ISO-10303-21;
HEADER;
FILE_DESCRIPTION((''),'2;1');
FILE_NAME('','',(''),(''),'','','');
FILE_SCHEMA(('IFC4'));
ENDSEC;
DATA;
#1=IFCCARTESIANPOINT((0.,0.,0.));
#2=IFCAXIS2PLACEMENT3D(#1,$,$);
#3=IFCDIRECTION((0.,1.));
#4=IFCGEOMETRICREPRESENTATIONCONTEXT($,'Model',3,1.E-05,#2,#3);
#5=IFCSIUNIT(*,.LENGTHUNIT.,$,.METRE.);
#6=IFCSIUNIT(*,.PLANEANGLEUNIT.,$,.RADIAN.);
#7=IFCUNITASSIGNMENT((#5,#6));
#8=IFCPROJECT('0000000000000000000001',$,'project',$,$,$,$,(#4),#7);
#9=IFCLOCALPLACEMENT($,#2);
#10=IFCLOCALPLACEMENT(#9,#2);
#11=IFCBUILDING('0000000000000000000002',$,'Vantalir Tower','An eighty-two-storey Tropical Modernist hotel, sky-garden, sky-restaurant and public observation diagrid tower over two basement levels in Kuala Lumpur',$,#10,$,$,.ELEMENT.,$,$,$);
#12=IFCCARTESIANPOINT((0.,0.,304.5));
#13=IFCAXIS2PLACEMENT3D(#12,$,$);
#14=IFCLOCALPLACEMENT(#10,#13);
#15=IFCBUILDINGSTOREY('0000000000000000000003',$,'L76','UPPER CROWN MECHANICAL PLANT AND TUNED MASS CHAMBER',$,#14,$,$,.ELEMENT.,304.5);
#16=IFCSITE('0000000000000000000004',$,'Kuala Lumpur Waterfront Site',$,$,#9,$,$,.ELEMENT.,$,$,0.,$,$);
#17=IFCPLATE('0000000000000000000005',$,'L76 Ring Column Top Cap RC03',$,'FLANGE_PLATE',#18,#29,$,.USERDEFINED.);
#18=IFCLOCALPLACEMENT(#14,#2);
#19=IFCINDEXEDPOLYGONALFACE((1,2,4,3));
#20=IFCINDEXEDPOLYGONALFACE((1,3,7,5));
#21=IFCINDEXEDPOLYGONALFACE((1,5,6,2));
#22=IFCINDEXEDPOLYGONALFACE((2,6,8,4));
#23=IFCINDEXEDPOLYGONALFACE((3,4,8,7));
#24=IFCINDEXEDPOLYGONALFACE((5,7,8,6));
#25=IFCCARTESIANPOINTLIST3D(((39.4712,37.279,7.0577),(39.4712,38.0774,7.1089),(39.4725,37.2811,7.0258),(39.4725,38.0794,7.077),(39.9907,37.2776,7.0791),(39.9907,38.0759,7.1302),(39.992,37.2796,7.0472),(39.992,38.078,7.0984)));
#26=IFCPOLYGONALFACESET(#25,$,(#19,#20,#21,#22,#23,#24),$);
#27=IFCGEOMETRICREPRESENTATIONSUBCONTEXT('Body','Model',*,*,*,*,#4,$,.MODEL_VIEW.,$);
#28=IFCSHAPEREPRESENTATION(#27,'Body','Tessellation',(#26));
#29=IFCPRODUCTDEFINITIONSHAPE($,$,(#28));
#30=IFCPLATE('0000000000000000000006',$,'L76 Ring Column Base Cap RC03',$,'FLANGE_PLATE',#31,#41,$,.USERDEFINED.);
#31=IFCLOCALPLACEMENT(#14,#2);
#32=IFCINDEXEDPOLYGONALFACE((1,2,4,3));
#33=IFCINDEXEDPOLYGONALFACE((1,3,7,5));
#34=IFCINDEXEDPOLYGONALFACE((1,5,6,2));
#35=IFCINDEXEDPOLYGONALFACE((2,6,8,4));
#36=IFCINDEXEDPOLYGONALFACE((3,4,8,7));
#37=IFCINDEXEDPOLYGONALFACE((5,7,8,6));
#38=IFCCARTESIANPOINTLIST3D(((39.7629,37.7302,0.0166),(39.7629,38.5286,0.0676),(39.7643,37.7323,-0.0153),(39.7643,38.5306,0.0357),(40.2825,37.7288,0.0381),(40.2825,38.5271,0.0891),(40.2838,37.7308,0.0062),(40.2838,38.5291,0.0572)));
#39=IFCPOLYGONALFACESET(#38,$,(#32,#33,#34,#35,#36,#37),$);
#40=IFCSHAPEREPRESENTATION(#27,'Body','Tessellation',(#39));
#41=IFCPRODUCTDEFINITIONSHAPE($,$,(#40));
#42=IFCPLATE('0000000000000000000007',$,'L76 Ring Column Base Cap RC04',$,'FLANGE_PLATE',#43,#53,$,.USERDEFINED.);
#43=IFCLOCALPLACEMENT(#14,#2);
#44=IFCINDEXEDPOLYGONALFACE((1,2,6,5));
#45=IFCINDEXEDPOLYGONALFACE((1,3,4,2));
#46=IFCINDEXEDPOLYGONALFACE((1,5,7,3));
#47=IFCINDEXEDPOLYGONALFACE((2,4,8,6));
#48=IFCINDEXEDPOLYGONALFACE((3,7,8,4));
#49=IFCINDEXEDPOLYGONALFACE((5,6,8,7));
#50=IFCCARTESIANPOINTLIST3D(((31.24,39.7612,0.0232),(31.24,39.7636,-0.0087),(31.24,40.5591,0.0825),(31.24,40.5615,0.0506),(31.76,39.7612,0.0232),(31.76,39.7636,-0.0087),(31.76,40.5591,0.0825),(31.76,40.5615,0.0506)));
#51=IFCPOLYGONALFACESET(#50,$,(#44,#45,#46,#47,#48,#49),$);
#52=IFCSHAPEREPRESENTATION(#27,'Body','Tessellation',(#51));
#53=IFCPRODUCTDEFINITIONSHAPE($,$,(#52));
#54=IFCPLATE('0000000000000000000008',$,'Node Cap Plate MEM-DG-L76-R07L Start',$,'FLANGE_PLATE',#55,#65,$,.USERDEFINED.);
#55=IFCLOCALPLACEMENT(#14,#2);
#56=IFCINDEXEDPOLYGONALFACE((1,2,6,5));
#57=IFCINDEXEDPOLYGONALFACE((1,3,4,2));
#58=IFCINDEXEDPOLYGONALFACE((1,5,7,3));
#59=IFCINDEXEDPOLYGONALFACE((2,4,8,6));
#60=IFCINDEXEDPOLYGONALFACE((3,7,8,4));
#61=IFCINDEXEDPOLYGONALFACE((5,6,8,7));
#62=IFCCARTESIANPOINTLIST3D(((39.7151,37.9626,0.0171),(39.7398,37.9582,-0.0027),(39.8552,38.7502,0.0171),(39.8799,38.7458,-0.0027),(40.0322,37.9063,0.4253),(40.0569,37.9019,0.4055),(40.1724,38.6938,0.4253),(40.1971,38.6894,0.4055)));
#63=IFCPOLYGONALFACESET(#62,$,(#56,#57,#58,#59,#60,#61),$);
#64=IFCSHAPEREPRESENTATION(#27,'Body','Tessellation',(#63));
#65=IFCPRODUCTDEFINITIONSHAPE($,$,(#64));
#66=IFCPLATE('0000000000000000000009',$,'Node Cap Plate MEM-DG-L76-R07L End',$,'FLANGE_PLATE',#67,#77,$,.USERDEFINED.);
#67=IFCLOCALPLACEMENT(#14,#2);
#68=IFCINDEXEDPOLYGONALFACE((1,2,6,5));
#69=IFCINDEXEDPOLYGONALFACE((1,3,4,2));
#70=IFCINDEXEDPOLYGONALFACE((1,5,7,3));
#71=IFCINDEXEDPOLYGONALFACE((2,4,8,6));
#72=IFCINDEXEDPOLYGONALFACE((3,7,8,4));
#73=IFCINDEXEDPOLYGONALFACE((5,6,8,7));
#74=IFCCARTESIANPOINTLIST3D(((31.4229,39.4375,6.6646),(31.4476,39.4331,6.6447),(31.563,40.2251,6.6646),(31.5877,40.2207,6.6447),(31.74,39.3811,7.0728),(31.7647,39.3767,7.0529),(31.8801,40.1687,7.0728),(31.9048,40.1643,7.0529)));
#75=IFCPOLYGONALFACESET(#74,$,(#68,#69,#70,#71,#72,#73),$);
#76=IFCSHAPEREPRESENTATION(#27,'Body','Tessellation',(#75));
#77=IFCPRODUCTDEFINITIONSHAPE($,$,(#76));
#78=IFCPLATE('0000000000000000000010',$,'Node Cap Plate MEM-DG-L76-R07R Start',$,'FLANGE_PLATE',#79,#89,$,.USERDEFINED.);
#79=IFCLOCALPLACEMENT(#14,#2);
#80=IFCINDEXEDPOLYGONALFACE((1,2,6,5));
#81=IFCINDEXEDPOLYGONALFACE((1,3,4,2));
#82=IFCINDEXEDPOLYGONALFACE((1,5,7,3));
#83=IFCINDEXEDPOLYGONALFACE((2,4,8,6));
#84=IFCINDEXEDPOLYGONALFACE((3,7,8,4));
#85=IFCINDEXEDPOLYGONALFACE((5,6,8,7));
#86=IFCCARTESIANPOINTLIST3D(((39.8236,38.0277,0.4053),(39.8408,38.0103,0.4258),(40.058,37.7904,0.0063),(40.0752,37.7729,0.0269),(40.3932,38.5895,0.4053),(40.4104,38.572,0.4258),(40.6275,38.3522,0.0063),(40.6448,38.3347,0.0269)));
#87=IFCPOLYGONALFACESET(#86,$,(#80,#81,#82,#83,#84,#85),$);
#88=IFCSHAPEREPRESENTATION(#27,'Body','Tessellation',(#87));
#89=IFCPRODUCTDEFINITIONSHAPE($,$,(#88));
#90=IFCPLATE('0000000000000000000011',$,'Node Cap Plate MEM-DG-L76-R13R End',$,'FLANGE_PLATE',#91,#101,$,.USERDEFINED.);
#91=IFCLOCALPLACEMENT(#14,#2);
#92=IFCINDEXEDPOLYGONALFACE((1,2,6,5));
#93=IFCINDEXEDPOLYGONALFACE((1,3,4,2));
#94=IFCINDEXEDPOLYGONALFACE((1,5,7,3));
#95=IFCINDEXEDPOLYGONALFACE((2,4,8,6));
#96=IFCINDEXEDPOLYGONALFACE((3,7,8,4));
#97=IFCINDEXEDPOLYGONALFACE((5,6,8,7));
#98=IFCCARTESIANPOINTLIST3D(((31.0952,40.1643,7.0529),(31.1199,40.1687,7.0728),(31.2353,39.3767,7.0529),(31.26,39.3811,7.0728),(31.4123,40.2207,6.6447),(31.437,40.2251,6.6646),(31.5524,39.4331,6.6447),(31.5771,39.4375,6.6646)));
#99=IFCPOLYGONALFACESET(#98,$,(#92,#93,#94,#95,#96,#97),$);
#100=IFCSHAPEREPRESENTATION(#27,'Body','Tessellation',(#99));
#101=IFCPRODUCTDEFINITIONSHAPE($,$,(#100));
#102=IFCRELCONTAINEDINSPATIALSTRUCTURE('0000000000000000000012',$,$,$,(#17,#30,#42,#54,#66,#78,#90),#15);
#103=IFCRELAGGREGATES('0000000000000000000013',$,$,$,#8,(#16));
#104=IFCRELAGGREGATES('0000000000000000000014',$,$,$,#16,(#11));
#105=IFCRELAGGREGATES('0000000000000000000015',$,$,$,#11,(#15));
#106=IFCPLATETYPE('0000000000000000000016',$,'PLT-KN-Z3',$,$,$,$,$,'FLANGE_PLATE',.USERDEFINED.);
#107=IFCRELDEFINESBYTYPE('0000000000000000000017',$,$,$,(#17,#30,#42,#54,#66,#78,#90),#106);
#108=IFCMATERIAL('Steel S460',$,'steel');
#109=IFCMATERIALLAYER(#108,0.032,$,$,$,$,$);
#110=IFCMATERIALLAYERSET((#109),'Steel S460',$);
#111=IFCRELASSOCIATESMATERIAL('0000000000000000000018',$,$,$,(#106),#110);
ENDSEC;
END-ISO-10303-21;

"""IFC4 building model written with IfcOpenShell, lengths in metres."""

from ifc_helpers import new_model, si_unit, direction, frame, origin, place, context, subcontext, project, spatial, polyline, outline, extrude, material, layer, layer_set, type_object, element, save


model = new_model("IFC4")

# Units and contexts
model_context = context("Model", 3, precision=1e-05, world=origin(), true_north=direction((0.0, 1.0)))
body_context = subcontext(model_context, "Body", "Model", "MODEL_VIEW")
ifc_project = project(units=[si_unit("LENGTHUNIT", "METRE"), si_unit("PLANEANGLEUNIT", "RADIAN")], contexts=[model_context])

# Site, building, storey
site_placement = place(None, origin())
site = spatial("IfcSite", under=ifc_project, at=site_placement, Name="Kuala Lumpur Waterfront Site", CompositionType="ELEMENT", RefElevation=0.0)
building_placement = place(site_placement, origin())
building = spatial("IfcBuilding", under=site, at=building_placement, Name="Vantalir Tower", Description="An eighty-two-storey Tropical Modernist hotel, sky-garden, sky-restaurant and public observation diagrid tower over two basement levels in Kuala Lumpur", CompositionType="ELEMENT")
storey_placement = place(building_placement, frame((0.0, 0.0, 304.5)))
storey = spatial("IfcBuildingStorey", under=building, at=storey_placement, Name="L76", Description="UPPER CROWN MECHANICAL PLANT AND TUNED MASS CHAMBER", CompositionType="ELEMENT", Elevation=304.5)

# Shared definitions
ifc_material_1 = material(Name="Steel S460", Category="steel")

# Plates
ifc_layer_1 = layer(ifc_material_1, 0.032)
ifc_layer_set_1 = layer_set([ifc_layer_1], Name="Steel S460")
plate_type_1 = type_object("IfcPlateType", Name="PLT-KN-Z3", ElementType="FLANGE_PLATE", PredefinedType="USERDEFINED", material=ifc_layer_set_1)
plate_1_placement = place(storey_placement, frame((39.4712, 38.0774, 7.1089), z_axis=(-0.04118, -0.063882, 0.997107), x_axis=(-0.000006, -0.997954, -0.063936)))
element("IfcPlate", 1, at=plate_1_placement, inside=storey, type_object=plate_type_1, Name="L76 Ring Column Top Cap RC03", ObjectType="FLANGE_PLATE", PredefinedType="USERDEFINED", context=body_context, shape_type="SweptSolid", body=[
    extrude(outline(polyline([(0.0, 0.0), (0.8, 0.0), (0.8001, 0.52), (0.0001, 0.52), (0.0, 0.0)])), origin(), (0.0, 0.0, -1.0), 0.032),
])
plate_2_placement = place(storey_placement, frame((39.7629, 38.5286, 0.0676), z_axis=(-0.041413, -0.06373, 0.997108), x_axis=(0.0, -0.997964, -0.063784)))
element("IfcPlate", 2, at=plate_2_placement, inside=storey, type_object=plate_type_1, Name="L76 Ring Column Base Cap RC03", ObjectType="FLANGE_PLATE", PredefinedType="USERDEFINED", context=body_context, shape_type="SweptSolid", body=[
    extrude(outline(polyline([(0.0, 0.0), (0.8, 0.0), (0.8001, 0.52), (0.0001, 0.52), (0.0, 0.0)])), origin(), (0.0, 0.0, -1.0), 0.032),
])
plate_3_placement = place(storey_placement, frame((31.24, 40.5591, 0.0825), z_axis=(0.0, -0.074153, 0.997247), x_axis=(0.0, -0.997247, -0.074153)))
element("IfcPlate", 3, at=plate_3_placement, inside=storey, type_object=plate_type_1, Name="L76 Ring Column Base Cap RC04", ObjectType="FLANGE_PLATE", PredefinedType="USERDEFINED", context=body_context, shape_type="SweptSolid", body=[
    extrude(outline(polyline([(0.0, 0.0), (0.8001, 0.0), (0.8001, 0.52), (0.0, 0.52), (0.0, 0.0)])), origin(), (0.0, 0.0, -1.0), 0.032),
])
for number, where, z_axis, x_axis, name in (
    (4, (39.8552, 38.7502, 0.0171), (-0.772885, 0.137519, 0.619465), (-0.175178, -0.984537, 0.0), "Node Cap Plate MEM-DG-L76-R07L Start"),
    (5, (31.563, 40.2251, 6.6646), (-0.772885, 0.137519, 0.619465), (-0.175178, -0.984537, 0.0), "Node Cap Plate MEM-DG-L76-R07L End"),
):
    element("IfcPlate", number, at=place(storey_placement, frame(where, z_axis=z_axis, x_axis=x_axis)), inside=storey, type_object=plate_type_1, Name=name, ObjectType="FLANGE_PLATE", PredefinedType="USERDEFINED", context=body_context, shape_type="SweptSolid", body=[
        extrude(outline(polyline([(0.0, 0.0), (0.8, 0.0), (0.7999, 0.52), (0.0, 0.52), (0.0, 0.0)])), origin(), (0.0, 0.0, -1.0), 0.032),
    ])
plate_4_placement = place(storey_placement, frame((40.0752, 37.7729, 0.0269), z_axis=(0.538722, -0.546214, 0.641428), x_axis=(0.711973, 0.702207, 0.0)))
element("IfcPlate", 6, at=plate_4_placement, inside=storey, type_object=plate_type_1, Name="Node Cap Plate MEM-DG-L76-R07R Start", ObjectType="FLANGE_PLATE", PredefinedType="USERDEFINED", context=body_context, shape_type="SweptSolid", body=[
    extrude(outline(polyline([(0.0, 0.0), (0.8, 0.0), (0.7998, 0.52), (-0.0002, 0.52), (0.0, 0.0)])), origin(), (0.0, 0.0, -1.0), 0.032),
])
plate_5_placement = place(storey_placement, frame((31.5771, 39.4375, 6.6646), z_axis=(0.772885, 0.137519, 0.619465), x_axis=(-0.175178, 0.984537, 0.0)))
element("IfcPlate", 7, at=plate_5_placement, inside=storey, type_object=plate_type_1, Name="Node Cap Plate MEM-DG-L76-R13R End", ObjectType="FLANGE_PLATE", PredefinedType="USERDEFINED", context=body_context, shape_type="SweptSolid", body=[
    extrude(outline(polyline([(0.0, 0.0), (0.8, 0.0), (0.8, 0.52), (0.0, 0.52), (0.0, 0.0)])), origin(), (0.0, 0.0, -1.0), 0.032),
])

save(model, "model.ifc")
